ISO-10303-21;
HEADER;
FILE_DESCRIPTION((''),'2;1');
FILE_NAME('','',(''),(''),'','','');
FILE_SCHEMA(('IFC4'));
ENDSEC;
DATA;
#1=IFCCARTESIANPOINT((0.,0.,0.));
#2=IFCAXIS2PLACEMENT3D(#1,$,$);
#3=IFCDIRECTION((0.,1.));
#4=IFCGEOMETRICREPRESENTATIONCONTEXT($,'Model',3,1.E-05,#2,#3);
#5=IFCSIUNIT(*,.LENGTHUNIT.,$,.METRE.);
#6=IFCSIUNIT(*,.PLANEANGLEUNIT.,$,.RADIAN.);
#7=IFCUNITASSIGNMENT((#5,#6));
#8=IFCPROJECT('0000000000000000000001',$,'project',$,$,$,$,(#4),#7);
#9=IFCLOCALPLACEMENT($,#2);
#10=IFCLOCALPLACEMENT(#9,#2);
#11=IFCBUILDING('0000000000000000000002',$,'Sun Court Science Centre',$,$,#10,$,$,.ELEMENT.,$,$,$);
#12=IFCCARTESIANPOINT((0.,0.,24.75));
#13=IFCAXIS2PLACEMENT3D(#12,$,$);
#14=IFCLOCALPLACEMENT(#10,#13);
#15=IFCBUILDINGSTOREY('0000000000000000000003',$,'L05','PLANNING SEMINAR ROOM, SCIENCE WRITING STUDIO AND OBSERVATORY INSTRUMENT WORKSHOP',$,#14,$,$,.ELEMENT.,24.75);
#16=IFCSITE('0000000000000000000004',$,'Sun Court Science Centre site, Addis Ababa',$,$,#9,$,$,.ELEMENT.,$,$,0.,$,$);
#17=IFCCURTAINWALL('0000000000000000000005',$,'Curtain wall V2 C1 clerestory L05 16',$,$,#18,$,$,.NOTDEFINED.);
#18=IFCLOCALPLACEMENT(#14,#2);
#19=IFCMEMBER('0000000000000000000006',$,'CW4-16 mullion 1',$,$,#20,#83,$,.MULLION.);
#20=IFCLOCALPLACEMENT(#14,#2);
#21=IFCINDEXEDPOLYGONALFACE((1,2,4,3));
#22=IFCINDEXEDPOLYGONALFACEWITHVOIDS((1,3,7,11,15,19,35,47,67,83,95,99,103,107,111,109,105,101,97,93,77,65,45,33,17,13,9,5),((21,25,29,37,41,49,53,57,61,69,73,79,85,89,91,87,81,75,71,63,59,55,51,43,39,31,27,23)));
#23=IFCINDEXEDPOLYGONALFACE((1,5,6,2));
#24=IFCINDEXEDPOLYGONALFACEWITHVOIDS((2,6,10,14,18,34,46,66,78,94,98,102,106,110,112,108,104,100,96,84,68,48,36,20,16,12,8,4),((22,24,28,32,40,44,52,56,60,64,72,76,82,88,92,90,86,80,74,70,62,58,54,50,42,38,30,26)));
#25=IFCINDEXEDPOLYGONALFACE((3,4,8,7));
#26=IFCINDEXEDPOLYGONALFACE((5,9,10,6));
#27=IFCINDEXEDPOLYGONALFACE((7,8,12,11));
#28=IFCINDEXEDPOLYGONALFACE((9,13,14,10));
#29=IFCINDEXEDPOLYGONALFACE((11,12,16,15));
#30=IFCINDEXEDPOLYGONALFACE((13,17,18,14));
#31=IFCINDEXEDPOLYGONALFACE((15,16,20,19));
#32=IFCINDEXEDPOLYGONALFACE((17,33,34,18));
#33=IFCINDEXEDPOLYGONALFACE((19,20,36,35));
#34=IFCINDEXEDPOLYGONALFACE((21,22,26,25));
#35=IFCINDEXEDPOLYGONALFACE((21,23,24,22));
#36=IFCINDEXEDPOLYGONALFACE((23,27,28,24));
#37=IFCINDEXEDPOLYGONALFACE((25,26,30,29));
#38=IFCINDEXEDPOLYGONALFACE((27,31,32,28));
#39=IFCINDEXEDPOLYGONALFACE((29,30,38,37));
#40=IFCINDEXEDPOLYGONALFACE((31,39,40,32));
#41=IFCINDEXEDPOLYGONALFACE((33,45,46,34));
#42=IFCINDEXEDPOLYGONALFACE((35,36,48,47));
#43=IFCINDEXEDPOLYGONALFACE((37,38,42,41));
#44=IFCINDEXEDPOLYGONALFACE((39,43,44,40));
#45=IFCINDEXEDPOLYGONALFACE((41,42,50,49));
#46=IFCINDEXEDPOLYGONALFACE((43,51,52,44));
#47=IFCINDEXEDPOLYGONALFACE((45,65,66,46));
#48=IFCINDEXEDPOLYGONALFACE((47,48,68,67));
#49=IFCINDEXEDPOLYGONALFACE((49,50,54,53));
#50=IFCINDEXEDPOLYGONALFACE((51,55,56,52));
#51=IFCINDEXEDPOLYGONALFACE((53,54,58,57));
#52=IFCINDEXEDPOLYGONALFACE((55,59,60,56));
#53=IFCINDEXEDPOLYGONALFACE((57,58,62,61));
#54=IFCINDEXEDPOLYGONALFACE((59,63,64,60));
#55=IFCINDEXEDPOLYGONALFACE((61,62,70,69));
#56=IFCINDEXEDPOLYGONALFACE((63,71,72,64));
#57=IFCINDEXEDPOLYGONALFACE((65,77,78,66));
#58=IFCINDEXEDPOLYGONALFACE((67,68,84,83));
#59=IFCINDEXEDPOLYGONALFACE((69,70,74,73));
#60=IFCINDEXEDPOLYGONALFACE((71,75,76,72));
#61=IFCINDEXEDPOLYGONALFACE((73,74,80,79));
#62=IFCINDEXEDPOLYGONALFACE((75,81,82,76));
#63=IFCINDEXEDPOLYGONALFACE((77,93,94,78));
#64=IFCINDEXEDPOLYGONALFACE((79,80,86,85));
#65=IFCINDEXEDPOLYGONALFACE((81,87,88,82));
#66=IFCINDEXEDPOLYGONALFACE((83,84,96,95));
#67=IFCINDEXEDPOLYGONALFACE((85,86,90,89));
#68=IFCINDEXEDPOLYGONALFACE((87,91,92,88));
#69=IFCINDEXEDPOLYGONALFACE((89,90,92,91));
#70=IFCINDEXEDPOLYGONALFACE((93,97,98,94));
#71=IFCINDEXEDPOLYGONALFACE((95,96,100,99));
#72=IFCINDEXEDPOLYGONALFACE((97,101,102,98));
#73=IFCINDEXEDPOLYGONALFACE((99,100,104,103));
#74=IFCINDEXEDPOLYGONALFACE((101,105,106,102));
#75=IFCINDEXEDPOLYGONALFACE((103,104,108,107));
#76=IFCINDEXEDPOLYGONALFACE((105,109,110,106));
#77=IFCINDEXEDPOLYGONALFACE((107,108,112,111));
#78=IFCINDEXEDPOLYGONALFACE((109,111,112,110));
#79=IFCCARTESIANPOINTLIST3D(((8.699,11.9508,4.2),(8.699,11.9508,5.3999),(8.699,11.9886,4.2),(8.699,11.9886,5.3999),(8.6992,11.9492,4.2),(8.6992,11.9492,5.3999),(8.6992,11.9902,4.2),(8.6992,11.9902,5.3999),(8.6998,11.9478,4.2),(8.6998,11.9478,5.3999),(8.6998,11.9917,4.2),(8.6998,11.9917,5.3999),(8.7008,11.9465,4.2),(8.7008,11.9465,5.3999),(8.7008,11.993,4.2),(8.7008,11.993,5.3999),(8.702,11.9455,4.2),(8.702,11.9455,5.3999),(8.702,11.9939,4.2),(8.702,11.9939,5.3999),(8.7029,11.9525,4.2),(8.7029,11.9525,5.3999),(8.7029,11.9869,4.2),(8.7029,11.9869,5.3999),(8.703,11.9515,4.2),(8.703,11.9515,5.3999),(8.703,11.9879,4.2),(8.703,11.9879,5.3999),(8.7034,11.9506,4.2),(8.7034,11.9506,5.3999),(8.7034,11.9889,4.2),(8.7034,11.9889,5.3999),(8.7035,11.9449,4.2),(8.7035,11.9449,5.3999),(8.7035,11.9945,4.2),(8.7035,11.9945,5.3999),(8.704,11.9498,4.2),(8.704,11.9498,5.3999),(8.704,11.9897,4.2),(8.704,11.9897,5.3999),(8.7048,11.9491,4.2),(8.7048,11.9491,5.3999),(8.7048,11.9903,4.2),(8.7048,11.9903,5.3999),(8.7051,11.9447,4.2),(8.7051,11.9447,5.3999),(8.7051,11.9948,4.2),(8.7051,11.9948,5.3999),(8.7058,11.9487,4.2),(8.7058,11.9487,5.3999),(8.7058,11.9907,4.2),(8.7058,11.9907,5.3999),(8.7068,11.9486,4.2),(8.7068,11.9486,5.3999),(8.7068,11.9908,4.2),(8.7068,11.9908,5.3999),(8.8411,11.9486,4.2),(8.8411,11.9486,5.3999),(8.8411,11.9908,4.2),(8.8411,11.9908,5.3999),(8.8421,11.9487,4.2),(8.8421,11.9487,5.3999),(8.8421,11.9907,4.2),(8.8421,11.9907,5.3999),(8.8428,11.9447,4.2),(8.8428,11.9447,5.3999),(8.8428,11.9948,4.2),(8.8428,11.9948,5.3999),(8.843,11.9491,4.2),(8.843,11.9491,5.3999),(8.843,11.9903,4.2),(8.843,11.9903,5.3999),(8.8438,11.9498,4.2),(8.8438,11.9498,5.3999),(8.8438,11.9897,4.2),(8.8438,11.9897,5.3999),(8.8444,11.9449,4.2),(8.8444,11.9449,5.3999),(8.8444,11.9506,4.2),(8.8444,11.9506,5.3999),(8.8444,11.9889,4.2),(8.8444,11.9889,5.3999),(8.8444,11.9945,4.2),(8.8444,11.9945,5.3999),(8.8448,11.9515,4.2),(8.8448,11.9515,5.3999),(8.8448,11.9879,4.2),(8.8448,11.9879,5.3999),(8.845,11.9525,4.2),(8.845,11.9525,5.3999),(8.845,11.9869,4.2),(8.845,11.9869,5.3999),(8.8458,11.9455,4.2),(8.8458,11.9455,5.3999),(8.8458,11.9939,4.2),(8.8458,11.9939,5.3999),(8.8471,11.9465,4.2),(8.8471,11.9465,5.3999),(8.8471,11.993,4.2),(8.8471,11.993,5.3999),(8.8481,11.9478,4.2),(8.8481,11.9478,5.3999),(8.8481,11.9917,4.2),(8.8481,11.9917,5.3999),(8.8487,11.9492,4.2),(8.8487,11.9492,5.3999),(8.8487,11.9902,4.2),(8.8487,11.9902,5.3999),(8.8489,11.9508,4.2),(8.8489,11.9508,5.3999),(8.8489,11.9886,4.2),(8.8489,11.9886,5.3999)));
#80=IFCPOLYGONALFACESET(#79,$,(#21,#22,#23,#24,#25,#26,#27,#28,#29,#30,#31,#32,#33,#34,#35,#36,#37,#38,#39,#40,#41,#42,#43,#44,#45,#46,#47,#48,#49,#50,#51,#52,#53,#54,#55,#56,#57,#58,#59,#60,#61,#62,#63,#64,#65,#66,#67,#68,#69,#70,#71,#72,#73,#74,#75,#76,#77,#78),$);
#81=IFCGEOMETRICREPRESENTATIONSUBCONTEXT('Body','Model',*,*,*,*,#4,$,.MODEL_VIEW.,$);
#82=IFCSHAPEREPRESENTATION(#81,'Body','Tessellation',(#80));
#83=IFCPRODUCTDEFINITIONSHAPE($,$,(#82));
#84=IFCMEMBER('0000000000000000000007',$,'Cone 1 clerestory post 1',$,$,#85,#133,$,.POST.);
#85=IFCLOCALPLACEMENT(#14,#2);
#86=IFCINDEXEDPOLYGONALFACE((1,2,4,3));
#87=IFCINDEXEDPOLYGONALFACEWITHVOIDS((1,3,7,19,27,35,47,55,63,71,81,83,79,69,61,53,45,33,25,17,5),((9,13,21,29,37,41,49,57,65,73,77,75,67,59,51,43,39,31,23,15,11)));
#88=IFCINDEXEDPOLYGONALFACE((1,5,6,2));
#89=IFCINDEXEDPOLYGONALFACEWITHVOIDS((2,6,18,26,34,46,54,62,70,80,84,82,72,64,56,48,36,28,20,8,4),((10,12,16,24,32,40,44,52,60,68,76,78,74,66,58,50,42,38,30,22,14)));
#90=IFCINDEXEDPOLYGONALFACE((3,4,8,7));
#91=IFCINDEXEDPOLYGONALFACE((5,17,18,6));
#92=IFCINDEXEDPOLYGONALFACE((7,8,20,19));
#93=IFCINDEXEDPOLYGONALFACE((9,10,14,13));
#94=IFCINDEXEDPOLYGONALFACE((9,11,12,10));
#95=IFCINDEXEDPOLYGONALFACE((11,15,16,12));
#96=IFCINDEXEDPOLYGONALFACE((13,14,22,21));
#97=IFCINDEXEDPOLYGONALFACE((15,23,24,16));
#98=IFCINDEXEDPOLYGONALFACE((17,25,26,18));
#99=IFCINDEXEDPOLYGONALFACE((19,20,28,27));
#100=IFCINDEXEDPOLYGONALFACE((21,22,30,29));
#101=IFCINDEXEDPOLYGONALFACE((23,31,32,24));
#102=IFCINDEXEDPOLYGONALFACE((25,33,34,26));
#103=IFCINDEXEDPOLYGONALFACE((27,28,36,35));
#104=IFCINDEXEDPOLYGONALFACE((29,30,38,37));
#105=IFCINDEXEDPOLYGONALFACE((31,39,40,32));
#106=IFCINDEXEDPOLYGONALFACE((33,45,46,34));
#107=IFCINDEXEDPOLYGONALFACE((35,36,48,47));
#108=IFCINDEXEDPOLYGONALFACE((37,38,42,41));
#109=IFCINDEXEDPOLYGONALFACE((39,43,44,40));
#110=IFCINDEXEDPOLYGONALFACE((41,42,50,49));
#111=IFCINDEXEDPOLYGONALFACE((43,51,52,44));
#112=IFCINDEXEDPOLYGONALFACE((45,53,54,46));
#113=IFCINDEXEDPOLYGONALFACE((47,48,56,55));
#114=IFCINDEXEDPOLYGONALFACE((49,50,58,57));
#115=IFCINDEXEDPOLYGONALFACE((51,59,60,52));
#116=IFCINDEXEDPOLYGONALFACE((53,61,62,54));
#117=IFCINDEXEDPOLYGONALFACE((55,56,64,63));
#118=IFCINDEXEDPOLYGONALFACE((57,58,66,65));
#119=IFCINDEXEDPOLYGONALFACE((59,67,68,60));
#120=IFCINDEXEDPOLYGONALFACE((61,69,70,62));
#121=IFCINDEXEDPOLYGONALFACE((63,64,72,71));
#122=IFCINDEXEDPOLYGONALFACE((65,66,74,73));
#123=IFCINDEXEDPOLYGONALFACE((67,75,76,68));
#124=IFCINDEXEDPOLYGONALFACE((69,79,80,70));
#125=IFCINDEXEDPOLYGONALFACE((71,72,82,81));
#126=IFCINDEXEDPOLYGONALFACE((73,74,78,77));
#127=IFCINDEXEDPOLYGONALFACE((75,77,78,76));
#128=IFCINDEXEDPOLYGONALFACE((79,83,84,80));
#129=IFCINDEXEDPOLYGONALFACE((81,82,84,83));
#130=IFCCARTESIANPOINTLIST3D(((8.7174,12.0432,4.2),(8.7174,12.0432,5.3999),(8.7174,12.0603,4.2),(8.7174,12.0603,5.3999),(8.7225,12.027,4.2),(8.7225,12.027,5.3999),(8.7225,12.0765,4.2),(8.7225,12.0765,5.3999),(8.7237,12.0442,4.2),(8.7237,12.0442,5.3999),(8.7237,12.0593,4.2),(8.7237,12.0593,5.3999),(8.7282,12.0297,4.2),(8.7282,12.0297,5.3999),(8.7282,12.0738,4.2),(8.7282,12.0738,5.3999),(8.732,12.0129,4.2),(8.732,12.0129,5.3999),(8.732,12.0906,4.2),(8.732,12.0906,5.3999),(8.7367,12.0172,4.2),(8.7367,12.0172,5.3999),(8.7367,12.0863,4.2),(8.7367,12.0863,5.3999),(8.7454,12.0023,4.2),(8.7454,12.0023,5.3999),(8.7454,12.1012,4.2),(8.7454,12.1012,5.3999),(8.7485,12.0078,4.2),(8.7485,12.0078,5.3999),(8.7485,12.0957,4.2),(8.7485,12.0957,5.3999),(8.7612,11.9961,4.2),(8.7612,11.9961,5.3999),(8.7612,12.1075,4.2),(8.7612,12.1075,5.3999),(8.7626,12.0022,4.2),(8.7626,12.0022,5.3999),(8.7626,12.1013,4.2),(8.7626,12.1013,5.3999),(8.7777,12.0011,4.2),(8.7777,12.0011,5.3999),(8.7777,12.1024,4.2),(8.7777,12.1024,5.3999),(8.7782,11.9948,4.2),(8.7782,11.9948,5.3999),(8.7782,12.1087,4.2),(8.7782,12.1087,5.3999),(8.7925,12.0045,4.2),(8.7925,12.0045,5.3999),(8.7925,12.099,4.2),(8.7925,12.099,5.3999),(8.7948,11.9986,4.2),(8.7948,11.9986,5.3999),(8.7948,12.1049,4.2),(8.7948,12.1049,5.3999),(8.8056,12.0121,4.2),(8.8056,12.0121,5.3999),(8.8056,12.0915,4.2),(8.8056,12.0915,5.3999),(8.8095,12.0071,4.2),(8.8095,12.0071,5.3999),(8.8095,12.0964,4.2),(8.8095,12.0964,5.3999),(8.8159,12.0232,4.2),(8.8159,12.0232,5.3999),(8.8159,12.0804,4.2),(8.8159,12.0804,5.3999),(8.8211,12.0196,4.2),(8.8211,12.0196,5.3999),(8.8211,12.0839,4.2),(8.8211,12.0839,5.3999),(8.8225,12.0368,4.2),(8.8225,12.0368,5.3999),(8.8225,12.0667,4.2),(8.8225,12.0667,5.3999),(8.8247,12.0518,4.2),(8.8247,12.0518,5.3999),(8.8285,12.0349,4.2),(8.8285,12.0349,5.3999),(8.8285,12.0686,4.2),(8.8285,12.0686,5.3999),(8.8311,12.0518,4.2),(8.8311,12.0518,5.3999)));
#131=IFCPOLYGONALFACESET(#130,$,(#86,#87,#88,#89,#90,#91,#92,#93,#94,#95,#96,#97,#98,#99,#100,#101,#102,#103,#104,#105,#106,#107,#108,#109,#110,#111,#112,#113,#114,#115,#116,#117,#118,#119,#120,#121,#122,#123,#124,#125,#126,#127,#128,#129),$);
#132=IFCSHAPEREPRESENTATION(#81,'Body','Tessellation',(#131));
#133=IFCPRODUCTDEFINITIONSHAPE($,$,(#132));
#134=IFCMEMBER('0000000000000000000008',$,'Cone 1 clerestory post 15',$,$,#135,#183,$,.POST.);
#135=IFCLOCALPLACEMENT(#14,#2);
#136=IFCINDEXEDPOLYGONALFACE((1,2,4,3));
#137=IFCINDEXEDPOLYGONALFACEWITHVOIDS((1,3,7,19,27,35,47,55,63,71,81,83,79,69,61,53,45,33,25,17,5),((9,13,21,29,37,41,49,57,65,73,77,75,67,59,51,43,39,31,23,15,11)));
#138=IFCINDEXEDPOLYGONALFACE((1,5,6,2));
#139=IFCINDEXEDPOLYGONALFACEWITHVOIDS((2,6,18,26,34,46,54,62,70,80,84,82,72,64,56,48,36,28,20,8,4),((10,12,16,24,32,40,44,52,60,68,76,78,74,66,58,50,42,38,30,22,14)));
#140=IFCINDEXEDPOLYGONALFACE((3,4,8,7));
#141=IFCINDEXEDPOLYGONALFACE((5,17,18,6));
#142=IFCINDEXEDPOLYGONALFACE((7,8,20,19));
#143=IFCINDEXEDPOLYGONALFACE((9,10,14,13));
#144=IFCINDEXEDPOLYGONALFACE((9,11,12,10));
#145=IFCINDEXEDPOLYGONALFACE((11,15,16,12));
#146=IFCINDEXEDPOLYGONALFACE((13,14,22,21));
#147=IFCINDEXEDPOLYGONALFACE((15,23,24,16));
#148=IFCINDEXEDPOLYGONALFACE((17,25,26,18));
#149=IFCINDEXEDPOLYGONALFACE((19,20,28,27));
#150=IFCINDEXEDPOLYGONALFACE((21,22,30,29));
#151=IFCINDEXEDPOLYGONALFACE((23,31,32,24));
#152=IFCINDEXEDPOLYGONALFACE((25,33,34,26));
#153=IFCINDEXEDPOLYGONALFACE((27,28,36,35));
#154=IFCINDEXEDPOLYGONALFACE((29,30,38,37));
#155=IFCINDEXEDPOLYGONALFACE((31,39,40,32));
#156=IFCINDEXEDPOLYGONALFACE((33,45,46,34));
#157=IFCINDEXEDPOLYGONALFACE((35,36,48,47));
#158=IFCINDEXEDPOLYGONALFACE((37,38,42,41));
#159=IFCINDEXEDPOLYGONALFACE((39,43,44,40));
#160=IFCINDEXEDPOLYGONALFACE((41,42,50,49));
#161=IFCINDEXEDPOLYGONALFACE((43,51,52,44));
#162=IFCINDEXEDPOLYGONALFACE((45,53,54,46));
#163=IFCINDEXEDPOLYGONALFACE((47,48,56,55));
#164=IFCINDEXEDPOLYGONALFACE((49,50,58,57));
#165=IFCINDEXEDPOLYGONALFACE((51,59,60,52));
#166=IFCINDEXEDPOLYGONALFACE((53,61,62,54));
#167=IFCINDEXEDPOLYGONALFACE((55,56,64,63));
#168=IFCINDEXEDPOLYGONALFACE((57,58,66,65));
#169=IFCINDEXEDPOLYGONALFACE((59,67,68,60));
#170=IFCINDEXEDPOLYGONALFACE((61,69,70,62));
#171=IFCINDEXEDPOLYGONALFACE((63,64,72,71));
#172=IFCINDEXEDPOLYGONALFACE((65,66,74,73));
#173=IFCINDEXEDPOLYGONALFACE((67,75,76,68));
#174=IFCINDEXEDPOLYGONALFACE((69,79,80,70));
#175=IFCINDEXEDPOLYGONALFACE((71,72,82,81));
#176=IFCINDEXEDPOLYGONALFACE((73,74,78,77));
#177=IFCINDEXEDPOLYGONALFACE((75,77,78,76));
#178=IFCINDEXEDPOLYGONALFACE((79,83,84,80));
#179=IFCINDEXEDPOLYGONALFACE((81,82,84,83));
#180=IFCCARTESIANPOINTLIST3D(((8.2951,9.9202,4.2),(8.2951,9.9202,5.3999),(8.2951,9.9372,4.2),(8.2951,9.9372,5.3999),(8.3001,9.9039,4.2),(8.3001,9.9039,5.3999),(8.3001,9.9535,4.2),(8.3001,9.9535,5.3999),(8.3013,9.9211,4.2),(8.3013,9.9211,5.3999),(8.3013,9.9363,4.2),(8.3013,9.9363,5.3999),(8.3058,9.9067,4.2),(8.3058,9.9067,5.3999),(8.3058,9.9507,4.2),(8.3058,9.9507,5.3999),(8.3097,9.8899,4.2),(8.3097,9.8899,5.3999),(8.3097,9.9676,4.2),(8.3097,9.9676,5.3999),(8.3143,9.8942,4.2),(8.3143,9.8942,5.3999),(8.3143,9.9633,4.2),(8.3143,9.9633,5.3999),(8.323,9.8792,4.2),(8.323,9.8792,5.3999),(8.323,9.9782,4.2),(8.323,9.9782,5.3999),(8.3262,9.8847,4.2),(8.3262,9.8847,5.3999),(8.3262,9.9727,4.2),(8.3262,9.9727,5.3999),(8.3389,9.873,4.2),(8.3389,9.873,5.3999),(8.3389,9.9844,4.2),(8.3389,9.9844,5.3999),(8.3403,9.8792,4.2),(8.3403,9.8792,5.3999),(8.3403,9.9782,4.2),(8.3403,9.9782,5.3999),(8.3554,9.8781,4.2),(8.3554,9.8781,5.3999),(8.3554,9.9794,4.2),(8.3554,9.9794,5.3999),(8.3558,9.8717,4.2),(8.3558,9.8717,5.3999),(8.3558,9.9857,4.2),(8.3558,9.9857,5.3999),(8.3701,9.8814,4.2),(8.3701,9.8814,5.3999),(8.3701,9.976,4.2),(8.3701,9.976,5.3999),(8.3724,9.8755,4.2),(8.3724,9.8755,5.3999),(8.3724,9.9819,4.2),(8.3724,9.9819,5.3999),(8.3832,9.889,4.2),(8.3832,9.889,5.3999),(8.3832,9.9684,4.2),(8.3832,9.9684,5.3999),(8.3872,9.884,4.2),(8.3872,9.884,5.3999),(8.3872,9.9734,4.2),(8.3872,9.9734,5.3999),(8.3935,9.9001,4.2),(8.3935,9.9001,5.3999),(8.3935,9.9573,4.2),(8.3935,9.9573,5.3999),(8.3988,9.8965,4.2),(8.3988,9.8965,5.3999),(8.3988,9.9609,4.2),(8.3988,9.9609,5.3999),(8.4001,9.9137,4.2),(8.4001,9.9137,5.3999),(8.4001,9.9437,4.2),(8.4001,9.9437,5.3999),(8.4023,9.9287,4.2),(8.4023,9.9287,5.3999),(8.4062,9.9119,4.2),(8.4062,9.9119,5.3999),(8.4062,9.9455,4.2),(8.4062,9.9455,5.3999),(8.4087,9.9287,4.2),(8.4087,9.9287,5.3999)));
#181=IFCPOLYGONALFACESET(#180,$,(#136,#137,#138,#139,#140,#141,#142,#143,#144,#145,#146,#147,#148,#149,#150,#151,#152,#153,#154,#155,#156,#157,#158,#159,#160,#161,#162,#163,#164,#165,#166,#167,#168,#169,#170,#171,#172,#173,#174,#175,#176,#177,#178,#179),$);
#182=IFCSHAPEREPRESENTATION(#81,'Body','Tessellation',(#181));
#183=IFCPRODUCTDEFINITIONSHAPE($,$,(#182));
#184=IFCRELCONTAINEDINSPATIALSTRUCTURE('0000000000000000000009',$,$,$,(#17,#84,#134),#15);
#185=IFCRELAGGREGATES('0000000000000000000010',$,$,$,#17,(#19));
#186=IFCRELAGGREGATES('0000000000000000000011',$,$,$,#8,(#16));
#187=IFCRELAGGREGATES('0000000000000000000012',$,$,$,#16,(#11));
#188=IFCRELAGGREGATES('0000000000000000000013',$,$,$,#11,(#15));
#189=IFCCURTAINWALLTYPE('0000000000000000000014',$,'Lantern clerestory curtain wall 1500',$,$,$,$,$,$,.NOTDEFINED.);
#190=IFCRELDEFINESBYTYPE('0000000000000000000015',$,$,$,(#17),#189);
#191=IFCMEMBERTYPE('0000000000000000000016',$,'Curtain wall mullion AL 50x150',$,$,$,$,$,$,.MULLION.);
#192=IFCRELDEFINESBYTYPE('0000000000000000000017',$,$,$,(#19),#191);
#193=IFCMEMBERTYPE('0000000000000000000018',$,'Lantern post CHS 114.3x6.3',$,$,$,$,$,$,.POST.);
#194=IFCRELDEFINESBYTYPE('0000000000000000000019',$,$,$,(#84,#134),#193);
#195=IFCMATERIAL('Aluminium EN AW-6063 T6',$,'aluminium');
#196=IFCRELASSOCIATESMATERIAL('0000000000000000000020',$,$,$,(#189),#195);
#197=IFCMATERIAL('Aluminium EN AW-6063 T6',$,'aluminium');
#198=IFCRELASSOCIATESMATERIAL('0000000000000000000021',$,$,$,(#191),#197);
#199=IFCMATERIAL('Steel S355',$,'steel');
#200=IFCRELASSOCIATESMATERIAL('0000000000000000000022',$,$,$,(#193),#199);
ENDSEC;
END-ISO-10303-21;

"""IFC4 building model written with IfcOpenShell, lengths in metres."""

from ifc_helpers import new_model, si_unit, direction, frame, origin, origin_2d, place, context, subcontext, project, spatial, hollow_rectangle, hollow_circle, extrude, material, material_profile, profile_set, type_object, element, aggregate, save


model = new_model("IFC4")

# Units and contexts
model_context = context("Model", 3, precision=1e-05, world=origin(), true_north=direction((0.0, 1.0)))
body_context = subcontext(model_context, "Body", "Model", "MODEL_VIEW")
ifc_project = project(units=[si_unit("LENGTHUNIT", "METRE"), si_unit("PLANEANGLEUNIT", "RADIAN")], contexts=[model_context])

# Site, building, storey
site_placement = place(None, origin())
site = spatial("IfcSite", under=ifc_project, at=site_placement, Name="Sun Court Science Centre site, Addis Ababa", CompositionType="ELEMENT", RefElevation=0.0)
building_placement = place(site_placement, origin())
building = spatial("IfcBuilding", under=site, at=building_placement, Name="Sun Court Science Centre", CompositionType="ELEMENT")
storey_placement = place(building_placement, frame((0.0, 0.0, 24.75)))
storey = spatial("IfcBuildingStorey", under=building, at=storey_placement, Name="L05", Description="PLANNING SEMINAR ROOM, SCIENCE WRITING STUDIO AND OBSERVATORY INSTRUMENT WORKSHOP", CompositionType="ELEMENT", Elevation=24.75)

# Shared definitions
ifc_material_1 = material(Name="Aluminium EN AW-6063 T6", Category="aluminium")
curtain_wall_type = type_object("IfcCurtainWallType", Name="Lantern clerestory curtain wall 1500", PredefinedType="NOTDEFINED", material=ifc_material_1)
ifc_material_2 = material(Name="Aluminium EN AW-6063 T6", Category="aluminium")
ifc_material_profile_1 = material_profile(ifc_material_2, hollow_rectangle(XDim=0.05, YDim=0.1499, WallThickness=0.0039, InnerFilletRadius=0.0039, OuterFilletRadius=0.0061, at=origin_2d()), Name="AL 50x150x4")
ifc_profile_set_1 = profile_set([ifc_material_profile_1], Name="Aluminium EN AW-6063 T6")
member_type_1 = type_object("IfcMemberType", Name="Curtain wall mullion AL 50x150", PredefinedType="MULLION", material=ifc_profile_set_1)

# Curtain wall, member
curtain_wall_1_placement = place(storey_placement, origin())
curtain_wall_1 = element("IfcCurtainWall", 1, at=curtain_wall_1_placement, inside=storey, type_object=curtain_wall_type, Name="Curtain wall V2 C1 clerestory L05 16", PredefinedType="NOTDEFINED")
member_1_placement = place(storey_placement, frame((8.7739, 11.9697, 4.2), z_axis=(0.0, 0.0, 1.0), x_axis=(0.0, -1.0, 0.0)))
member_1 = element("IfcMember", 2, at=member_1_placement, type_object=member_type_1, Name="CW4-16 mullion 1", PredefinedType="MULLION", context=body_context, shape_type="SweptSolid", body=[
    extrude(hollow_rectangle(XDim=0.05, YDim=0.1499, WallThickness=0.0039, InnerFilletRadius=0.0039, OuterFilletRadius=0.0061, at=origin_2d()), origin(), (0.0, 0.0, 1.0), 1.2),
])
aggregate(curtain_wall_1, [member_1])

# Members
ifc_material_3 = material(Name="Steel S355", Category="steel")
ifc_material_profile_2 = material_profile(ifc_material_3, hollow_circle(Radius=0.0571, WallThickness=0.0063, at=origin_2d()), Name="CHS 114.3x6.3")
ifc_profile_set_2 = profile_set([ifc_material_profile_2], Name="Steel S355")
member_type_2 = type_object("IfcMemberType", Name="Lantern post CHS 114.3x6.3", PredefinedType="POST", material=ifc_profile_set_2)
for number, where, z_axis, x_axis, name in (
    (3, (8.7739, 12.0518, 4.2), (0.0, 0.0, 1.0), (1.0, 0.0, 0.0), "Cone 1 clerestory post 1"),
    (4, (8.3516, 9.9287, 4.2), (0.0, 0.0, 1.0), (1.0, 0.0, 0.0), "Cone 1 clerestory post 15"),
):
    element("IfcMember", number, at=place(storey_placement, frame(where, z_axis=z_axis, x_axis=x_axis)), inside=storey, type_object=member_type_2, Name=name, PredefinedType="POST", context=body_context, shape_type="SweptSolid", body=[
        extrude(hollow_circle(Radius=0.0571, WallThickness=0.0063, at=origin_2d()), origin(), (0.0, 0.0, 1.0), 1.2),
    ])

save(model, "model.ifc")
